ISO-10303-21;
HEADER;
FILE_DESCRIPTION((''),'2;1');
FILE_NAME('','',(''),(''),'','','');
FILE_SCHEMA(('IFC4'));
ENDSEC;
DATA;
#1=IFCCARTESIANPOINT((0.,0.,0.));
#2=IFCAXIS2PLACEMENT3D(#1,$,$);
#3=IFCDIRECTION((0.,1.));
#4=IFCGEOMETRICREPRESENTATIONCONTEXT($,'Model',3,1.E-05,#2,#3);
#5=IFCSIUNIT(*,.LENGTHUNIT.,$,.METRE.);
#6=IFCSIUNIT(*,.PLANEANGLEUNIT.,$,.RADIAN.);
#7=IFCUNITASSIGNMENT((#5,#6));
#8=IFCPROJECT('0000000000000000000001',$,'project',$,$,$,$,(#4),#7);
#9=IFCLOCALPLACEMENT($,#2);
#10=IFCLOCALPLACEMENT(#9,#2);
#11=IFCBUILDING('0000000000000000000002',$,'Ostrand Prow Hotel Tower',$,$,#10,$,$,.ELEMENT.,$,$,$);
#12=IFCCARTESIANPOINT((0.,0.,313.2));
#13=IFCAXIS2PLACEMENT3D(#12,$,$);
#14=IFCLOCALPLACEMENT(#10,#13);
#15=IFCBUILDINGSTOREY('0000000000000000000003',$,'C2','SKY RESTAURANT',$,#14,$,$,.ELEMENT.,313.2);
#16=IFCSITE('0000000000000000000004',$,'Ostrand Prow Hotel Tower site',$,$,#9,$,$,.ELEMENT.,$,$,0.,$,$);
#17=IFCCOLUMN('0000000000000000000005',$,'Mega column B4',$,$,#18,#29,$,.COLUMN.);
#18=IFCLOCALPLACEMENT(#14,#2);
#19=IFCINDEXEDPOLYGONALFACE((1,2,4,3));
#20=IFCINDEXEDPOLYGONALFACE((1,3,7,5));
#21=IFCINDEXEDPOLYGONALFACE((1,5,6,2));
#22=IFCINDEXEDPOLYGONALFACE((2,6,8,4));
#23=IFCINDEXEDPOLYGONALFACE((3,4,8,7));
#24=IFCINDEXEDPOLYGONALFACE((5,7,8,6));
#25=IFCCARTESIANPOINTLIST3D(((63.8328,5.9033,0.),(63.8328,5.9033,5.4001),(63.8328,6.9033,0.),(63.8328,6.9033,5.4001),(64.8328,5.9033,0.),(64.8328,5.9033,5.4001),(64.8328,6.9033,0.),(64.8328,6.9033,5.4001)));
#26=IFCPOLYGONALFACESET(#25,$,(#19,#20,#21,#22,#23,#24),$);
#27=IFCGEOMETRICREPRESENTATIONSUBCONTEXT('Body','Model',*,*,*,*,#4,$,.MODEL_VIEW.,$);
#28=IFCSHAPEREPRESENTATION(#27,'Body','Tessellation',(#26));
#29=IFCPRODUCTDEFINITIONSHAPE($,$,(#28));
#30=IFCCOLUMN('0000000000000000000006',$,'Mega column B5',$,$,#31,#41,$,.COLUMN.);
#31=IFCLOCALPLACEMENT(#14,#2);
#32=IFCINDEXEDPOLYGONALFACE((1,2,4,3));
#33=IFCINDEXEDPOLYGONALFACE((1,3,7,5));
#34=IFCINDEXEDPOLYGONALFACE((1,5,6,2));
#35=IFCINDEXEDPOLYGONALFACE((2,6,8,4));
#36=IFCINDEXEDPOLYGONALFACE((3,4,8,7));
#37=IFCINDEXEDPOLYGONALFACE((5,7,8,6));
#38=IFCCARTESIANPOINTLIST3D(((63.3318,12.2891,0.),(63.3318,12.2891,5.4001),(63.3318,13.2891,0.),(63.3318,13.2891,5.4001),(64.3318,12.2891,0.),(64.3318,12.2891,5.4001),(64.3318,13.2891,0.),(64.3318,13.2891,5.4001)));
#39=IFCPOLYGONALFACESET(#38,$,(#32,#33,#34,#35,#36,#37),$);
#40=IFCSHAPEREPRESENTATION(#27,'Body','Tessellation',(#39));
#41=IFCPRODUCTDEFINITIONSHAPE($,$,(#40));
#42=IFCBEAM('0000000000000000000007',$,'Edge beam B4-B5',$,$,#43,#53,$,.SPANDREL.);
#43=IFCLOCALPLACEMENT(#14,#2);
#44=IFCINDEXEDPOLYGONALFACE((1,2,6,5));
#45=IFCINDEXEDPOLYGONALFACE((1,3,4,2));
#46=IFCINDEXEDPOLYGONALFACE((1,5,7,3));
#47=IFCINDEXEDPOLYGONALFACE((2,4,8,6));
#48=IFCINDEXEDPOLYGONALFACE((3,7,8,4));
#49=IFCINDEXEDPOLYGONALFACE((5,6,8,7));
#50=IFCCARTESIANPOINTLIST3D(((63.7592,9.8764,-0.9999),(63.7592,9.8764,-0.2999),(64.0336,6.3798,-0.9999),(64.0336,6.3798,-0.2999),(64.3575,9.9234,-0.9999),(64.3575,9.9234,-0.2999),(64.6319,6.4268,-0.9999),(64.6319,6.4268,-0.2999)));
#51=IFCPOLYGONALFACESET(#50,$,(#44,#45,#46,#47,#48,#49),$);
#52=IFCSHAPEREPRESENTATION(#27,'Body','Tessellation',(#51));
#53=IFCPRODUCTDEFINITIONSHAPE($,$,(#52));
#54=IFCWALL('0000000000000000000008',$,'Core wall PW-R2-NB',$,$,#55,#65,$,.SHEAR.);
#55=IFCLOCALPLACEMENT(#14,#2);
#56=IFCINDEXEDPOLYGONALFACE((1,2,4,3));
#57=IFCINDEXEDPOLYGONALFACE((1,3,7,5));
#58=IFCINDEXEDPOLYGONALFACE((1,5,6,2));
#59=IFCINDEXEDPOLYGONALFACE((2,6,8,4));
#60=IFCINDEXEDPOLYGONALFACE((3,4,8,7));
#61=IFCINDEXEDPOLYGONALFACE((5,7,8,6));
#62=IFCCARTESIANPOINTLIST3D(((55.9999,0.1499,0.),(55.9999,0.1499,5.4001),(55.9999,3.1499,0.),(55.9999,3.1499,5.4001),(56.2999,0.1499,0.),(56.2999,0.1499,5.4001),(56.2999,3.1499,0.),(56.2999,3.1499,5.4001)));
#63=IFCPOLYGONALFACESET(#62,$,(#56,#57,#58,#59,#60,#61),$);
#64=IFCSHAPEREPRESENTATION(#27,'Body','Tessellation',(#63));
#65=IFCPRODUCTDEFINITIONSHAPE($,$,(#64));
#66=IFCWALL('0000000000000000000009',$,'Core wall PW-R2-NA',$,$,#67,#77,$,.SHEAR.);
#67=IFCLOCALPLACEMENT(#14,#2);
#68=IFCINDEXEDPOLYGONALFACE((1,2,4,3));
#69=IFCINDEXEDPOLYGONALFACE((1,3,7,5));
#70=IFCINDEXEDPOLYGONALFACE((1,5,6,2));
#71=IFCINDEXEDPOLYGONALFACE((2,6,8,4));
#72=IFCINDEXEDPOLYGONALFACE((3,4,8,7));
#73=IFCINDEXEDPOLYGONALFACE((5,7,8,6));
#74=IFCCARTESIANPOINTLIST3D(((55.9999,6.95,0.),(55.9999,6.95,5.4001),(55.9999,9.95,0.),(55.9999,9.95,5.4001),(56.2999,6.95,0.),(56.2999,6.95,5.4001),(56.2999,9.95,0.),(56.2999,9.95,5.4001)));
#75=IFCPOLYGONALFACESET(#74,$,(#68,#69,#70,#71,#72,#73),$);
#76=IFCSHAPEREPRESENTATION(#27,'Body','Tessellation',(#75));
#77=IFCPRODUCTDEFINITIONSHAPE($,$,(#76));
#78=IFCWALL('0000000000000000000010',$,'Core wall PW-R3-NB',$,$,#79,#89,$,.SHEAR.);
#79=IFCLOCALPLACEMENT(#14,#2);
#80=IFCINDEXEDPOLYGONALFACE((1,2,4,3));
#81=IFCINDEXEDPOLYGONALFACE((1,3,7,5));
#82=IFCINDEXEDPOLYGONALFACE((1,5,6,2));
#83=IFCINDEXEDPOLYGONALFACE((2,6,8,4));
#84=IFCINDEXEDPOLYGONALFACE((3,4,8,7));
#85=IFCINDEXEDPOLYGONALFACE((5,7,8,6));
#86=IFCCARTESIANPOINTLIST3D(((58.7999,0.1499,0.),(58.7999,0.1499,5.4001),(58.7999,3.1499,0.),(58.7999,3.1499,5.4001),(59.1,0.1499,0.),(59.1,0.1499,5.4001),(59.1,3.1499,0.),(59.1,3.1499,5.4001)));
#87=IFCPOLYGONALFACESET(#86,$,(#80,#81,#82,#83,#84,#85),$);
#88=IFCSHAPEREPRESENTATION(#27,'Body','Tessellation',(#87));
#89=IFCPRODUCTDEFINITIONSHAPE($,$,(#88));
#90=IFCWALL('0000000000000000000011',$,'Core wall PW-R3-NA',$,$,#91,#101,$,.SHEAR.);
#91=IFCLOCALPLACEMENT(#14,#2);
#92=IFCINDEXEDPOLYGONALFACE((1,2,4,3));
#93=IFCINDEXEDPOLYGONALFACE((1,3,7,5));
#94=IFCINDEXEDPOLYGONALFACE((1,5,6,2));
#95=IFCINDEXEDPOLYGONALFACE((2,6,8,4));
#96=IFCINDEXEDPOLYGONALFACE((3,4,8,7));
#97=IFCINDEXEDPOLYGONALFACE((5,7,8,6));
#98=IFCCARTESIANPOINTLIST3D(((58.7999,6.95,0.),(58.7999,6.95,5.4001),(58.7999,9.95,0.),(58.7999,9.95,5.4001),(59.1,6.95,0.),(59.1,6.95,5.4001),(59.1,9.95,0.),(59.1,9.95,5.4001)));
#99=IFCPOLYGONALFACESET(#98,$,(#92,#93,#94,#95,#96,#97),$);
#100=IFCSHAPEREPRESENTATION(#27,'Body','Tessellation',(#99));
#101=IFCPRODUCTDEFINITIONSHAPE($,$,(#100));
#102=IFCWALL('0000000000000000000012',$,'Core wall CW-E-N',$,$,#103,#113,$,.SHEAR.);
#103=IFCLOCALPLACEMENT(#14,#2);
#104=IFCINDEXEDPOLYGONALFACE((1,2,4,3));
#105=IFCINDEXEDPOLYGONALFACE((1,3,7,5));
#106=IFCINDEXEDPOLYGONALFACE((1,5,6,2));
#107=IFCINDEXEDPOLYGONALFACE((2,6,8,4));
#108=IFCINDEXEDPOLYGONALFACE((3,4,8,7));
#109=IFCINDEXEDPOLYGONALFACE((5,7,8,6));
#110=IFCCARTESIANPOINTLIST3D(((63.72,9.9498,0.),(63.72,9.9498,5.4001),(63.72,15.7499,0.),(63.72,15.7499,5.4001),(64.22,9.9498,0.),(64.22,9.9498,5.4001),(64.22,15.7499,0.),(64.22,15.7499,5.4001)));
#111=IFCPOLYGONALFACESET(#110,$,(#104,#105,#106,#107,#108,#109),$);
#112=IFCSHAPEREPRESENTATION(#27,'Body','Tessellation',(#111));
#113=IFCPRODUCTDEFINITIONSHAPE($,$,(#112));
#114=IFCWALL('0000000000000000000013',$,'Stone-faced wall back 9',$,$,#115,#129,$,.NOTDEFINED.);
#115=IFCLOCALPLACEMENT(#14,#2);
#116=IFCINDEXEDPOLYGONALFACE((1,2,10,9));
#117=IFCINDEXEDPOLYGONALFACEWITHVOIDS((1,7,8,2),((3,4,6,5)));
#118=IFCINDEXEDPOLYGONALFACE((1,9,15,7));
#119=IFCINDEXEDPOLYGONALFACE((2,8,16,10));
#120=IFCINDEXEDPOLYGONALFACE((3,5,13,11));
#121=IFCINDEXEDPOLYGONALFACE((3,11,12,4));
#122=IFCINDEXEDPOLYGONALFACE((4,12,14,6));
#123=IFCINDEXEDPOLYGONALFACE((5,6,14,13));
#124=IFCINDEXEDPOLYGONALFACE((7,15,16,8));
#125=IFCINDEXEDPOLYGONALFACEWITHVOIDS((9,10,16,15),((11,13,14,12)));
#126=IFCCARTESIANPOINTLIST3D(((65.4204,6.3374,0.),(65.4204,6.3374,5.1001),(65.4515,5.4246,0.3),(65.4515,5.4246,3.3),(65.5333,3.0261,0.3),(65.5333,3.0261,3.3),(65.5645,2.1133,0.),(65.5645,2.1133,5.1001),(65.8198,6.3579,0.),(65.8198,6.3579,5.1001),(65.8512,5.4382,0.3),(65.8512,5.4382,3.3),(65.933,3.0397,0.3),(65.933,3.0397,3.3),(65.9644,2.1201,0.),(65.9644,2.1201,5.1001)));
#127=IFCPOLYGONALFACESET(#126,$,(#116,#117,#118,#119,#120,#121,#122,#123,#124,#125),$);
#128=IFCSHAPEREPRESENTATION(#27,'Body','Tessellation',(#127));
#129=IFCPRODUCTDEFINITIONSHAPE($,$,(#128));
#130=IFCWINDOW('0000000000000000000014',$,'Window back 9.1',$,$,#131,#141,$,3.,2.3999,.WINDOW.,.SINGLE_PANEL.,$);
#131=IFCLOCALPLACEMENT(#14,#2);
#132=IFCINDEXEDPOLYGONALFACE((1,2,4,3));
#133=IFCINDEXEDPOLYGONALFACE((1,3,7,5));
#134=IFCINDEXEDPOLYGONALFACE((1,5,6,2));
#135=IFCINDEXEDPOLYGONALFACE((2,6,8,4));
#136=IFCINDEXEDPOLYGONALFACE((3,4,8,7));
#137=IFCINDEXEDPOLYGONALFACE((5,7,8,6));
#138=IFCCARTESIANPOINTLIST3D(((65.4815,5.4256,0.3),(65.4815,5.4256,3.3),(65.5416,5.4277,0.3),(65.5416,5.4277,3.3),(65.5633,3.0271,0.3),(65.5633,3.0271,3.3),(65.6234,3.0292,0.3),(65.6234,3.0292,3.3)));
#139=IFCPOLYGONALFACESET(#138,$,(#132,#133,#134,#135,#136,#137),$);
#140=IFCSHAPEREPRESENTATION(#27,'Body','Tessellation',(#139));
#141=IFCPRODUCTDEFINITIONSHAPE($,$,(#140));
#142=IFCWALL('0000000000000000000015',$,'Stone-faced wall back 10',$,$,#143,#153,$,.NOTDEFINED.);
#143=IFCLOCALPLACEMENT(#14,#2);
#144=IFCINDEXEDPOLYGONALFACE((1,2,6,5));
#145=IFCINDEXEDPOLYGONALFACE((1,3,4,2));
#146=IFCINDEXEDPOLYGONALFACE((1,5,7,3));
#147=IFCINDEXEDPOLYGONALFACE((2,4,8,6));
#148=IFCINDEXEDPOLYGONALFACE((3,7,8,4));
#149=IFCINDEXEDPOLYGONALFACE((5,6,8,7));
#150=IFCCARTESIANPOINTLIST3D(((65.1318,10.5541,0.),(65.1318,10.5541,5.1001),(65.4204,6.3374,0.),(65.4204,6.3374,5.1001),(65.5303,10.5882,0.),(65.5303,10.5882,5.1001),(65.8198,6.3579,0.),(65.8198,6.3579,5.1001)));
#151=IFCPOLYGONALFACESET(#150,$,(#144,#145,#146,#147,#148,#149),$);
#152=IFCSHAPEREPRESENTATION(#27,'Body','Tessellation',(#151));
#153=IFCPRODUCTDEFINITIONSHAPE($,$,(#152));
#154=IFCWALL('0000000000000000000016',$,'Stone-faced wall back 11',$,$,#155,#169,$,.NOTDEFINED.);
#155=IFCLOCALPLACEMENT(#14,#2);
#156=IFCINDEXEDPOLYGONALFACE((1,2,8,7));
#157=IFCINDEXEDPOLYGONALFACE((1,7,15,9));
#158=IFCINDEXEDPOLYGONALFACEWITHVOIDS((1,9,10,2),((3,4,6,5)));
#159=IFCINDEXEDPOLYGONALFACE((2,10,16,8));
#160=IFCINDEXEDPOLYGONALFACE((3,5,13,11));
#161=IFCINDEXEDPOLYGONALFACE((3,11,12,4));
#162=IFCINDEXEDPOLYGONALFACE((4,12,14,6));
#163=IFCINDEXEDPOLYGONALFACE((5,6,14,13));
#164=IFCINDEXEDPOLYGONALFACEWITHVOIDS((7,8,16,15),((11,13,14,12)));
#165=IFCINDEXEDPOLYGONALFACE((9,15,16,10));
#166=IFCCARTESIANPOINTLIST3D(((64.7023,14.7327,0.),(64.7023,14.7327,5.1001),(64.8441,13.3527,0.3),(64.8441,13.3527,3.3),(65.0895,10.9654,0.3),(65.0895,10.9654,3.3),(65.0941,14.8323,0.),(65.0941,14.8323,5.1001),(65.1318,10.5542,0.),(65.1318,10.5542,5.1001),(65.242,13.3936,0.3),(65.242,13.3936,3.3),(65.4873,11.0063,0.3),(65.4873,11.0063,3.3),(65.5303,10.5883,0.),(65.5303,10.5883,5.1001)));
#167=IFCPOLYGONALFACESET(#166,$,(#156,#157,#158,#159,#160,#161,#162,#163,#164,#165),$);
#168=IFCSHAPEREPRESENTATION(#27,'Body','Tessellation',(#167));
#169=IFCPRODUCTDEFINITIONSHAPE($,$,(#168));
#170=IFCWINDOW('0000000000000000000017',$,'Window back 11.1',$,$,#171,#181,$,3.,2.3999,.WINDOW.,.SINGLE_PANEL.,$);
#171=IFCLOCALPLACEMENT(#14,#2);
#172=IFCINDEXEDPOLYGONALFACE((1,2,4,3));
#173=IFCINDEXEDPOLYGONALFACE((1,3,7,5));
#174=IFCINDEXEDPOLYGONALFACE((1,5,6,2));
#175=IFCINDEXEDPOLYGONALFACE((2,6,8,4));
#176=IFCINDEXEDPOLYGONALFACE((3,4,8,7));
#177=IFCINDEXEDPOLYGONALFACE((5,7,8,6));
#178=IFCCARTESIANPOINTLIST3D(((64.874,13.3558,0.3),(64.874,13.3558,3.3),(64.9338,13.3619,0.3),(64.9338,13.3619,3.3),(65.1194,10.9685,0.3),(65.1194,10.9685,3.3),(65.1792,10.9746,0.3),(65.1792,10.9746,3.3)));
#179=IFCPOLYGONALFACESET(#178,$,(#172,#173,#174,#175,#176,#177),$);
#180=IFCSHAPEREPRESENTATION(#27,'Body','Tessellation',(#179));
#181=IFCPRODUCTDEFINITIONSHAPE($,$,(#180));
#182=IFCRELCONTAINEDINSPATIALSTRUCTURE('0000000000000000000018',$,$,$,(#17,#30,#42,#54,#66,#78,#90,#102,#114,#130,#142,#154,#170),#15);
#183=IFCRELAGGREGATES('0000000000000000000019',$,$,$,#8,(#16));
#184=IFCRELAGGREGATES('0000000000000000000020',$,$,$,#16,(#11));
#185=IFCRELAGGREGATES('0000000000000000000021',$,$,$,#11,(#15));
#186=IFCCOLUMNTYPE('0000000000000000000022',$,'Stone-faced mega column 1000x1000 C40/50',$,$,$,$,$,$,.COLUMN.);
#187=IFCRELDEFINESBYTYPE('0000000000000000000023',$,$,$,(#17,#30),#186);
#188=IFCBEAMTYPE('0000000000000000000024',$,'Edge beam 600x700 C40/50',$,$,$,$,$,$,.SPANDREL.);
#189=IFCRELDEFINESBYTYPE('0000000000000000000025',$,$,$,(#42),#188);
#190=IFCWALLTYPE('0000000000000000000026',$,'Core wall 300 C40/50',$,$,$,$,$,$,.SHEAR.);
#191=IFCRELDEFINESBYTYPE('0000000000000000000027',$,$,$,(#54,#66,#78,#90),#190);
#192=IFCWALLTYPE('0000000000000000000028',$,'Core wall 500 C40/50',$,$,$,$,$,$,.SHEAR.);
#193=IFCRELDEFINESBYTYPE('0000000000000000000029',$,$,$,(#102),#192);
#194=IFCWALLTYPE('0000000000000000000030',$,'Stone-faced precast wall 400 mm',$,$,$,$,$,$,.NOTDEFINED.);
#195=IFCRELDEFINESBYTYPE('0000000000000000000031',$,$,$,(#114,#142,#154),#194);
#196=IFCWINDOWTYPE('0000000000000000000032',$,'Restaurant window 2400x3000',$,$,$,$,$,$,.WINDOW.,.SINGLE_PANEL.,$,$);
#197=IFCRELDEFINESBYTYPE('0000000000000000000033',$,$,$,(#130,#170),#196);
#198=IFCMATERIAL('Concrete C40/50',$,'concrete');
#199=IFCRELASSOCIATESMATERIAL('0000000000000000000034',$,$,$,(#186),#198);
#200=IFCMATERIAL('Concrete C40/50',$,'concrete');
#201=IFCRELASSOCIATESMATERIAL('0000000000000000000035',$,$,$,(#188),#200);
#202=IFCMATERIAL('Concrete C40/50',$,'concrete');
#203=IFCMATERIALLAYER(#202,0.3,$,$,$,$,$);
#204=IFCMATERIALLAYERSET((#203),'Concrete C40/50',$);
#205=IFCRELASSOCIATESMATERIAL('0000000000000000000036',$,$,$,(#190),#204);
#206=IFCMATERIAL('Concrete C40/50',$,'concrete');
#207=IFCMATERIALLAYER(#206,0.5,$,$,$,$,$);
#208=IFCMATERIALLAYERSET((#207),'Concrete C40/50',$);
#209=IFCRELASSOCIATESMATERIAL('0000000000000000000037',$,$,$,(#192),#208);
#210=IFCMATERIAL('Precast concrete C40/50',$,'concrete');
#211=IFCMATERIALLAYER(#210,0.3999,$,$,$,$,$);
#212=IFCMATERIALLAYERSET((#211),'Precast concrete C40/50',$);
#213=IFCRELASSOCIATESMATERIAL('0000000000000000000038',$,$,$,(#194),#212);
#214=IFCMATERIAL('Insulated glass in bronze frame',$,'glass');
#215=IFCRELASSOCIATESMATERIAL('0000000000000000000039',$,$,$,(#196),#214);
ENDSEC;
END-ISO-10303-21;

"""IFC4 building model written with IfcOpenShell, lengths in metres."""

from ifc_helpers import new_model, si_unit, direction, frame, frame_2d, origin, origin_2d, place, context, subcontext, project, spatial, polyline, rectangle, outline, extrude, material, layer, layer_set, material_profile, profile_set, type_object, element, fill, save


model = new_model("IFC4")

# Units and contexts
model_context = context("Model", 3, precision=1e-05, world=origin(), true_north=direction((0.0, 1.0)))
body_context = subcontext(model_context, "Body", "Model", "MODEL_VIEW")
ifc_project = project(units=[si_unit("LENGTHUNIT", "METRE"), si_unit("PLANEANGLEUNIT", "RADIAN")], contexts=[model_context])

# Site, building, storey
site_placement = place(None, origin())
site = spatial("IfcSite", under=ifc_project, at=site_placement, Name="Ostrand Prow Hotel Tower site", CompositionType="ELEMENT", RefElevation=0.0)
building_placement = place(site_placement, origin())
building = spatial("IfcBuilding", under=site, at=building_placement, Name="Ostrand Prow Hotel Tower", CompositionType="ELEMENT")
storey_placement = place(building_placement, frame((0.0, 0.0, 313.2)))
storey = spatial("IfcBuildingStorey", under=building, at=storey_placement, Name="C2", Description="SKY RESTAURANT", CompositionType="ELEMENT", Elevation=313.2)

# Columns
ifc_material_1 = material(Name="Concrete C40/50", Category="concrete")
ifc_material_profile_1 = material_profile(ifc_material_1, rectangle(XDim=1.0, YDim=1.0, at=origin_2d()), Name="RC 1000x1000")
ifc_profile_set_1 = profile_set([ifc_material_profile_1], Name="Concrete C40/50")
column_type = type_object("IfcColumnType", Name="Stone-faced mega column 1000x1000 C40/50", PredefinedType="COLUMN", material=ifc_profile_set_1)
for number, where, z_axis, x_axis, name in (
    (1, (64.3328, 6.4033, 0.0), (0.0, 0.0, 1.0), (1.0, 0.0, 0.0), "Mega column B4"),
    (2, (63.8318, 12.7891, 0.0), (0.0, 0.0, 1.0), (1.0, 0.0, 0.0), "Mega column B5"),
):
    element("IfcColumn", number, at=place(storey_placement, frame(where, z_axis=z_axis, x_axis=x_axis)), inside=storey, type_object=column_type, Name=name, PredefinedType="COLUMN", context=body_context, shape_type="SweptSolid", body=[
        extrude(rectangle(XDim=1.0, YDim=1.0, at=origin_2d()), origin(), (0.0, 0.0, 1.0), 5.4001),
    ])

# Beam
ifc_material_2 = material(Name="Concrete C40/50", Category="concrete")
ifc_material_profile_2 = material_profile(ifc_material_2, rectangle(XDim=0.6001, YDim=0.7, at=origin_2d()), Name="RC 600x700")
ifc_profile_set_2 = profile_set([ifc_material_profile_2], Name="Concrete C40/50")
beam_type = type_object("IfcBeamType", Name="Edge beam 600x700 C40/50", PredefinedType="SPANDREL", material=ifc_profile_set_2)
beam_placement = place(storey_placement, frame((64.3328, 6.4033, -0.6499), z_axis=(-0.07824, 0.996935, 0.0), x_axis=(-0.996935, -0.07824, 0.0)))
element("IfcBeam", 3, at=beam_placement, inside=storey, type_object=beam_type, Name="Edge beam B4-B5", PredefinedType="SPANDREL", context=body_context, shape_type="SweptSolid", body=[
    extrude(rectangle(XDim=0.6001, YDim=0.7, at=origin_2d()), origin(), (0.0, 0.0, 1.0), 3.5073),
])

# Walls
ifc_material_3 = material(Name="Concrete C40/50", Category="concrete")
ifc_layer_1 = layer(ifc_material_3, 0.3)
ifc_layer_set_1 = layer_set([ifc_layer_1], Name="Concrete C40/50")
wall_type_1 = type_object("IfcWallType", Name="Core wall 300 C40/50", PredefinedType="SHEAR", material=ifc_layer_set_1)
for number, where, z_axis, x_axis, name in (
    (4, (56.1499, 0.1499, 0.0), (0.0, 0.0, 1.0), (0.0, 1.0, 0.0), "Core wall PW-R2-NB"),
    (5, (56.1499, 6.95, 0.0), (0.0, 0.0, 1.0), (0.0, 1.0, 0.0), "Core wall PW-R2-NA"),
    (6, (58.95, 0.1499, 0.0), (0.0, 0.0, 1.0), (0.0, 1.0, 0.0), "Core wall PW-R3-NB"),
    (7, (58.95, 6.95, 0.0), (0.0, 0.0, 1.0), (0.0, 1.0, 0.0), "Core wall PW-R3-NA"),
):
    element("IfcWall", number, at=place(storey_placement, frame(where, z_axis=z_axis, x_axis=x_axis)), inside=storey, type_object=wall_type_1, Name=name, PredefinedType="SHEAR", context=body_context, shape_type="SweptSolid", body=[
        extrude(rectangle(XDim=3.0, YDim=0.3, at=frame_2d((1.5, 0.0))), origin(), (0.0, 0.0, 1.0), 5.4001),
    ])
ifc_material_4 = material(Name="Concrete C40/50", Category="concrete")
ifc_layer_2 = layer(ifc_material_4, 0.5)
ifc_layer_set_2 = layer_set([ifc_layer_2], Name="Concrete C40/50")
wall_type_2 = type_object("IfcWallType", Name="Core wall 500 C40/50", PredefinedType="SHEAR", material=ifc_layer_set_2)
wall_1_placement = place(storey_placement, frame((63.97, 9.95, 0.0), z_axis=(0.0, 0.0, 1.0), x_axis=(0.0, 1.0, 0.0)))
element("IfcWall", 8, at=wall_1_placement, inside=storey, type_object=wall_type_2, Name="Core wall CW-E-N", PredefinedType="SHEAR", context=body_context, shape_type="SweptSolid", body=[
    extrude(rectangle(XDim=5.8, YDim=0.5, at=frame_2d((2.8999, 0.0))), origin(), (0.0, 0.0, 1.0), 5.4001),
])

# Wall, opening, window
ifc_material_5 = material(Name="Precast concrete C40/50", Category="concrete")
ifc_layer_3 = layer(ifc_material_5, 0.3999)
ifc_layer_set_3 = layer_set([ifc_layer_3], Name="Precast concrete C40/50")
wall_type_3 = type_object("IfcWallType", Name="Stone-faced precast wall 400 mm", PredefinedType="NOTDEFINED", material=ifc_layer_set_3)
wall_2_placement = place(storey_placement, frame((65.7644, 2.1167, 0.0), z_axis=(0.0, 0.0, 1.0), x_axis=(-0.034083, 0.999419, 0.0)))
wall_2 = element("IfcWall", 9, at=wall_2_placement, inside=storey, type_object=wall_type_3, Name="Stone-faced wall back 9", PredefinedType="NOTDEFINED", context=body_context, shape_type="SweptSolid", body=[
    extrude(outline(polyline([(-0.0034, -0.2), (4.2368, -0.2), (4.23, 0.2), (0.0034, 0.2), (-0.0034, -0.2)])), origin(), (0.0, 0.0, 1.0), 5.1001),
])
opening_1_placement = place(wall_2_placement, frame((0.9167, 0.0, 0.3)))
opening_1 = element("IfcOpeningElement", 10, at=opening_1_placement, cuts=wall_2, PredefinedType="OPENING", context=body_context, shape_type="SweptSolid", body=[
    extrude(rectangle(XDim=2.3999, YDim=3.0, at=frame_2d((1.2, 1.5))), frame((0.0, 0.21, 0.0), z_axis=(0.0, -1.0, 0.0), x_axis=(1.0, 0.0, 0.0)), (0.0, 0.0, 1.0), 0.4199),
])
ifc_material_6 = material(Name="Insulated glass in bronze frame", Category="glass")
window_type = type_object("IfcWindowType", Name="Restaurant window 2400x3000", PartitioningType="SINGLE_PANEL", PredefinedType="WINDOW", material=ifc_material_6)
window_1_placement = place(opening_1_placement, origin())
window_1 = element("IfcWindow", 11, at=window_1_placement, inside=storey, type_object=window_type, Name="Window back 9.1", OverallHeight=3.0, OverallWidth=2.3999, PartitioningType="SINGLE_PANEL", PredefinedType="WINDOW", context=body_context, shape_type="SweptSolid", body=[
    extrude(rectangle(XDim=2.3999, YDim=3.0, at=frame_2d((1.2, 1.5))), frame((0.0, 0.1699, 0.0), z_axis=(0.0, -1.0, 0.0), x_axis=(1.0, 0.0, 0.0)), (0.0, 0.0, 1.0), 0.0601),
])
fill(opening_1, window_1)

# Wall
wall_3_placement = place(storey_placement, frame((65.6201, 6.3477, 0.0), z_axis=(0.0, 0.0, 1.0), x_axis=(-0.06828, 0.997666, 0.0)))
element("IfcWall", 12, at=wall_3_placement, inside=storey, type_object=wall_type_3, Name="Stone-faced wall back 10", PredefinedType="NOTDEFINED", context=body_context, shape_type="SweptSolid", body=[
    extrude(outline(polyline([(-0.0034, -0.2), (4.2368, -0.2), (4.23, 0.2), (0.0034, 0.2), (-0.0034, -0.2)])), origin(), (0.0, 0.0, 1.0), 5.1001),
])

# Wall, opening, window
wall_4_placement = place(storey_placement, frame((65.3311, 10.5713, 0.0), z_axis=(0.0, 0.0, 1.0), x_axis=(-0.10225, 0.994759, 0.0)))
wall_4 = element("IfcWall", 13, at=wall_4_placement, inside=storey, type_object=wall_type_3, Name="Stone-faced wall back 11", PredefinedType="NOTDEFINED", context=body_context, shape_type="SweptSolid", body=[
    extrude(outline(polyline([(-0.0034, -0.2), (4.2629, -0.2), (4.2039, 0.2), (0.0034, 0.2), (-0.0034, -0.2)])), origin(), (0.0, 0.0, 1.0), 5.1001),
])
opening_2_placement = place(wall_4_placement, frame((0.4167, 0.0, 0.3)))
opening_2 = element("IfcOpeningElement", 14, at=opening_2_placement, cuts=wall_4, PredefinedType="OPENING", context=body_context, shape_type="SweptSolid", body=[
    extrude(rectangle(XDim=2.3999, YDim=3.0, at=frame_2d((1.2, 1.5))), frame((0.0, 0.21, 0.0), z_axis=(0.0, -1.0, 0.0), x_axis=(1.0, 0.0, 0.0)), (0.0, 0.0, 1.0), 0.4199),
])
window_2_placement = place(opening_2_placement, origin())
window_2 = element("IfcWindow", 15, at=window_2_placement, inside=storey, type_object=window_type, Name="Window back 11.1", OverallHeight=3.0, OverallWidth=2.3999, PartitioningType="SINGLE_PANEL", PredefinedType="WINDOW", context=body_context, shape_type="SweptSolid", body=[
    extrude(rectangle(XDim=2.3999, YDim=3.0, at=frame_2d((1.2, 1.5))), frame((0.0, 0.1699, 0.0), z_axis=(0.0, -1.0, 0.0), x_axis=(1.0, 0.0, 0.0)), (0.0, 0.0, 1.0), 0.0601),
])
fill(opening_2, window_2)

save(model, "model.ifc")
